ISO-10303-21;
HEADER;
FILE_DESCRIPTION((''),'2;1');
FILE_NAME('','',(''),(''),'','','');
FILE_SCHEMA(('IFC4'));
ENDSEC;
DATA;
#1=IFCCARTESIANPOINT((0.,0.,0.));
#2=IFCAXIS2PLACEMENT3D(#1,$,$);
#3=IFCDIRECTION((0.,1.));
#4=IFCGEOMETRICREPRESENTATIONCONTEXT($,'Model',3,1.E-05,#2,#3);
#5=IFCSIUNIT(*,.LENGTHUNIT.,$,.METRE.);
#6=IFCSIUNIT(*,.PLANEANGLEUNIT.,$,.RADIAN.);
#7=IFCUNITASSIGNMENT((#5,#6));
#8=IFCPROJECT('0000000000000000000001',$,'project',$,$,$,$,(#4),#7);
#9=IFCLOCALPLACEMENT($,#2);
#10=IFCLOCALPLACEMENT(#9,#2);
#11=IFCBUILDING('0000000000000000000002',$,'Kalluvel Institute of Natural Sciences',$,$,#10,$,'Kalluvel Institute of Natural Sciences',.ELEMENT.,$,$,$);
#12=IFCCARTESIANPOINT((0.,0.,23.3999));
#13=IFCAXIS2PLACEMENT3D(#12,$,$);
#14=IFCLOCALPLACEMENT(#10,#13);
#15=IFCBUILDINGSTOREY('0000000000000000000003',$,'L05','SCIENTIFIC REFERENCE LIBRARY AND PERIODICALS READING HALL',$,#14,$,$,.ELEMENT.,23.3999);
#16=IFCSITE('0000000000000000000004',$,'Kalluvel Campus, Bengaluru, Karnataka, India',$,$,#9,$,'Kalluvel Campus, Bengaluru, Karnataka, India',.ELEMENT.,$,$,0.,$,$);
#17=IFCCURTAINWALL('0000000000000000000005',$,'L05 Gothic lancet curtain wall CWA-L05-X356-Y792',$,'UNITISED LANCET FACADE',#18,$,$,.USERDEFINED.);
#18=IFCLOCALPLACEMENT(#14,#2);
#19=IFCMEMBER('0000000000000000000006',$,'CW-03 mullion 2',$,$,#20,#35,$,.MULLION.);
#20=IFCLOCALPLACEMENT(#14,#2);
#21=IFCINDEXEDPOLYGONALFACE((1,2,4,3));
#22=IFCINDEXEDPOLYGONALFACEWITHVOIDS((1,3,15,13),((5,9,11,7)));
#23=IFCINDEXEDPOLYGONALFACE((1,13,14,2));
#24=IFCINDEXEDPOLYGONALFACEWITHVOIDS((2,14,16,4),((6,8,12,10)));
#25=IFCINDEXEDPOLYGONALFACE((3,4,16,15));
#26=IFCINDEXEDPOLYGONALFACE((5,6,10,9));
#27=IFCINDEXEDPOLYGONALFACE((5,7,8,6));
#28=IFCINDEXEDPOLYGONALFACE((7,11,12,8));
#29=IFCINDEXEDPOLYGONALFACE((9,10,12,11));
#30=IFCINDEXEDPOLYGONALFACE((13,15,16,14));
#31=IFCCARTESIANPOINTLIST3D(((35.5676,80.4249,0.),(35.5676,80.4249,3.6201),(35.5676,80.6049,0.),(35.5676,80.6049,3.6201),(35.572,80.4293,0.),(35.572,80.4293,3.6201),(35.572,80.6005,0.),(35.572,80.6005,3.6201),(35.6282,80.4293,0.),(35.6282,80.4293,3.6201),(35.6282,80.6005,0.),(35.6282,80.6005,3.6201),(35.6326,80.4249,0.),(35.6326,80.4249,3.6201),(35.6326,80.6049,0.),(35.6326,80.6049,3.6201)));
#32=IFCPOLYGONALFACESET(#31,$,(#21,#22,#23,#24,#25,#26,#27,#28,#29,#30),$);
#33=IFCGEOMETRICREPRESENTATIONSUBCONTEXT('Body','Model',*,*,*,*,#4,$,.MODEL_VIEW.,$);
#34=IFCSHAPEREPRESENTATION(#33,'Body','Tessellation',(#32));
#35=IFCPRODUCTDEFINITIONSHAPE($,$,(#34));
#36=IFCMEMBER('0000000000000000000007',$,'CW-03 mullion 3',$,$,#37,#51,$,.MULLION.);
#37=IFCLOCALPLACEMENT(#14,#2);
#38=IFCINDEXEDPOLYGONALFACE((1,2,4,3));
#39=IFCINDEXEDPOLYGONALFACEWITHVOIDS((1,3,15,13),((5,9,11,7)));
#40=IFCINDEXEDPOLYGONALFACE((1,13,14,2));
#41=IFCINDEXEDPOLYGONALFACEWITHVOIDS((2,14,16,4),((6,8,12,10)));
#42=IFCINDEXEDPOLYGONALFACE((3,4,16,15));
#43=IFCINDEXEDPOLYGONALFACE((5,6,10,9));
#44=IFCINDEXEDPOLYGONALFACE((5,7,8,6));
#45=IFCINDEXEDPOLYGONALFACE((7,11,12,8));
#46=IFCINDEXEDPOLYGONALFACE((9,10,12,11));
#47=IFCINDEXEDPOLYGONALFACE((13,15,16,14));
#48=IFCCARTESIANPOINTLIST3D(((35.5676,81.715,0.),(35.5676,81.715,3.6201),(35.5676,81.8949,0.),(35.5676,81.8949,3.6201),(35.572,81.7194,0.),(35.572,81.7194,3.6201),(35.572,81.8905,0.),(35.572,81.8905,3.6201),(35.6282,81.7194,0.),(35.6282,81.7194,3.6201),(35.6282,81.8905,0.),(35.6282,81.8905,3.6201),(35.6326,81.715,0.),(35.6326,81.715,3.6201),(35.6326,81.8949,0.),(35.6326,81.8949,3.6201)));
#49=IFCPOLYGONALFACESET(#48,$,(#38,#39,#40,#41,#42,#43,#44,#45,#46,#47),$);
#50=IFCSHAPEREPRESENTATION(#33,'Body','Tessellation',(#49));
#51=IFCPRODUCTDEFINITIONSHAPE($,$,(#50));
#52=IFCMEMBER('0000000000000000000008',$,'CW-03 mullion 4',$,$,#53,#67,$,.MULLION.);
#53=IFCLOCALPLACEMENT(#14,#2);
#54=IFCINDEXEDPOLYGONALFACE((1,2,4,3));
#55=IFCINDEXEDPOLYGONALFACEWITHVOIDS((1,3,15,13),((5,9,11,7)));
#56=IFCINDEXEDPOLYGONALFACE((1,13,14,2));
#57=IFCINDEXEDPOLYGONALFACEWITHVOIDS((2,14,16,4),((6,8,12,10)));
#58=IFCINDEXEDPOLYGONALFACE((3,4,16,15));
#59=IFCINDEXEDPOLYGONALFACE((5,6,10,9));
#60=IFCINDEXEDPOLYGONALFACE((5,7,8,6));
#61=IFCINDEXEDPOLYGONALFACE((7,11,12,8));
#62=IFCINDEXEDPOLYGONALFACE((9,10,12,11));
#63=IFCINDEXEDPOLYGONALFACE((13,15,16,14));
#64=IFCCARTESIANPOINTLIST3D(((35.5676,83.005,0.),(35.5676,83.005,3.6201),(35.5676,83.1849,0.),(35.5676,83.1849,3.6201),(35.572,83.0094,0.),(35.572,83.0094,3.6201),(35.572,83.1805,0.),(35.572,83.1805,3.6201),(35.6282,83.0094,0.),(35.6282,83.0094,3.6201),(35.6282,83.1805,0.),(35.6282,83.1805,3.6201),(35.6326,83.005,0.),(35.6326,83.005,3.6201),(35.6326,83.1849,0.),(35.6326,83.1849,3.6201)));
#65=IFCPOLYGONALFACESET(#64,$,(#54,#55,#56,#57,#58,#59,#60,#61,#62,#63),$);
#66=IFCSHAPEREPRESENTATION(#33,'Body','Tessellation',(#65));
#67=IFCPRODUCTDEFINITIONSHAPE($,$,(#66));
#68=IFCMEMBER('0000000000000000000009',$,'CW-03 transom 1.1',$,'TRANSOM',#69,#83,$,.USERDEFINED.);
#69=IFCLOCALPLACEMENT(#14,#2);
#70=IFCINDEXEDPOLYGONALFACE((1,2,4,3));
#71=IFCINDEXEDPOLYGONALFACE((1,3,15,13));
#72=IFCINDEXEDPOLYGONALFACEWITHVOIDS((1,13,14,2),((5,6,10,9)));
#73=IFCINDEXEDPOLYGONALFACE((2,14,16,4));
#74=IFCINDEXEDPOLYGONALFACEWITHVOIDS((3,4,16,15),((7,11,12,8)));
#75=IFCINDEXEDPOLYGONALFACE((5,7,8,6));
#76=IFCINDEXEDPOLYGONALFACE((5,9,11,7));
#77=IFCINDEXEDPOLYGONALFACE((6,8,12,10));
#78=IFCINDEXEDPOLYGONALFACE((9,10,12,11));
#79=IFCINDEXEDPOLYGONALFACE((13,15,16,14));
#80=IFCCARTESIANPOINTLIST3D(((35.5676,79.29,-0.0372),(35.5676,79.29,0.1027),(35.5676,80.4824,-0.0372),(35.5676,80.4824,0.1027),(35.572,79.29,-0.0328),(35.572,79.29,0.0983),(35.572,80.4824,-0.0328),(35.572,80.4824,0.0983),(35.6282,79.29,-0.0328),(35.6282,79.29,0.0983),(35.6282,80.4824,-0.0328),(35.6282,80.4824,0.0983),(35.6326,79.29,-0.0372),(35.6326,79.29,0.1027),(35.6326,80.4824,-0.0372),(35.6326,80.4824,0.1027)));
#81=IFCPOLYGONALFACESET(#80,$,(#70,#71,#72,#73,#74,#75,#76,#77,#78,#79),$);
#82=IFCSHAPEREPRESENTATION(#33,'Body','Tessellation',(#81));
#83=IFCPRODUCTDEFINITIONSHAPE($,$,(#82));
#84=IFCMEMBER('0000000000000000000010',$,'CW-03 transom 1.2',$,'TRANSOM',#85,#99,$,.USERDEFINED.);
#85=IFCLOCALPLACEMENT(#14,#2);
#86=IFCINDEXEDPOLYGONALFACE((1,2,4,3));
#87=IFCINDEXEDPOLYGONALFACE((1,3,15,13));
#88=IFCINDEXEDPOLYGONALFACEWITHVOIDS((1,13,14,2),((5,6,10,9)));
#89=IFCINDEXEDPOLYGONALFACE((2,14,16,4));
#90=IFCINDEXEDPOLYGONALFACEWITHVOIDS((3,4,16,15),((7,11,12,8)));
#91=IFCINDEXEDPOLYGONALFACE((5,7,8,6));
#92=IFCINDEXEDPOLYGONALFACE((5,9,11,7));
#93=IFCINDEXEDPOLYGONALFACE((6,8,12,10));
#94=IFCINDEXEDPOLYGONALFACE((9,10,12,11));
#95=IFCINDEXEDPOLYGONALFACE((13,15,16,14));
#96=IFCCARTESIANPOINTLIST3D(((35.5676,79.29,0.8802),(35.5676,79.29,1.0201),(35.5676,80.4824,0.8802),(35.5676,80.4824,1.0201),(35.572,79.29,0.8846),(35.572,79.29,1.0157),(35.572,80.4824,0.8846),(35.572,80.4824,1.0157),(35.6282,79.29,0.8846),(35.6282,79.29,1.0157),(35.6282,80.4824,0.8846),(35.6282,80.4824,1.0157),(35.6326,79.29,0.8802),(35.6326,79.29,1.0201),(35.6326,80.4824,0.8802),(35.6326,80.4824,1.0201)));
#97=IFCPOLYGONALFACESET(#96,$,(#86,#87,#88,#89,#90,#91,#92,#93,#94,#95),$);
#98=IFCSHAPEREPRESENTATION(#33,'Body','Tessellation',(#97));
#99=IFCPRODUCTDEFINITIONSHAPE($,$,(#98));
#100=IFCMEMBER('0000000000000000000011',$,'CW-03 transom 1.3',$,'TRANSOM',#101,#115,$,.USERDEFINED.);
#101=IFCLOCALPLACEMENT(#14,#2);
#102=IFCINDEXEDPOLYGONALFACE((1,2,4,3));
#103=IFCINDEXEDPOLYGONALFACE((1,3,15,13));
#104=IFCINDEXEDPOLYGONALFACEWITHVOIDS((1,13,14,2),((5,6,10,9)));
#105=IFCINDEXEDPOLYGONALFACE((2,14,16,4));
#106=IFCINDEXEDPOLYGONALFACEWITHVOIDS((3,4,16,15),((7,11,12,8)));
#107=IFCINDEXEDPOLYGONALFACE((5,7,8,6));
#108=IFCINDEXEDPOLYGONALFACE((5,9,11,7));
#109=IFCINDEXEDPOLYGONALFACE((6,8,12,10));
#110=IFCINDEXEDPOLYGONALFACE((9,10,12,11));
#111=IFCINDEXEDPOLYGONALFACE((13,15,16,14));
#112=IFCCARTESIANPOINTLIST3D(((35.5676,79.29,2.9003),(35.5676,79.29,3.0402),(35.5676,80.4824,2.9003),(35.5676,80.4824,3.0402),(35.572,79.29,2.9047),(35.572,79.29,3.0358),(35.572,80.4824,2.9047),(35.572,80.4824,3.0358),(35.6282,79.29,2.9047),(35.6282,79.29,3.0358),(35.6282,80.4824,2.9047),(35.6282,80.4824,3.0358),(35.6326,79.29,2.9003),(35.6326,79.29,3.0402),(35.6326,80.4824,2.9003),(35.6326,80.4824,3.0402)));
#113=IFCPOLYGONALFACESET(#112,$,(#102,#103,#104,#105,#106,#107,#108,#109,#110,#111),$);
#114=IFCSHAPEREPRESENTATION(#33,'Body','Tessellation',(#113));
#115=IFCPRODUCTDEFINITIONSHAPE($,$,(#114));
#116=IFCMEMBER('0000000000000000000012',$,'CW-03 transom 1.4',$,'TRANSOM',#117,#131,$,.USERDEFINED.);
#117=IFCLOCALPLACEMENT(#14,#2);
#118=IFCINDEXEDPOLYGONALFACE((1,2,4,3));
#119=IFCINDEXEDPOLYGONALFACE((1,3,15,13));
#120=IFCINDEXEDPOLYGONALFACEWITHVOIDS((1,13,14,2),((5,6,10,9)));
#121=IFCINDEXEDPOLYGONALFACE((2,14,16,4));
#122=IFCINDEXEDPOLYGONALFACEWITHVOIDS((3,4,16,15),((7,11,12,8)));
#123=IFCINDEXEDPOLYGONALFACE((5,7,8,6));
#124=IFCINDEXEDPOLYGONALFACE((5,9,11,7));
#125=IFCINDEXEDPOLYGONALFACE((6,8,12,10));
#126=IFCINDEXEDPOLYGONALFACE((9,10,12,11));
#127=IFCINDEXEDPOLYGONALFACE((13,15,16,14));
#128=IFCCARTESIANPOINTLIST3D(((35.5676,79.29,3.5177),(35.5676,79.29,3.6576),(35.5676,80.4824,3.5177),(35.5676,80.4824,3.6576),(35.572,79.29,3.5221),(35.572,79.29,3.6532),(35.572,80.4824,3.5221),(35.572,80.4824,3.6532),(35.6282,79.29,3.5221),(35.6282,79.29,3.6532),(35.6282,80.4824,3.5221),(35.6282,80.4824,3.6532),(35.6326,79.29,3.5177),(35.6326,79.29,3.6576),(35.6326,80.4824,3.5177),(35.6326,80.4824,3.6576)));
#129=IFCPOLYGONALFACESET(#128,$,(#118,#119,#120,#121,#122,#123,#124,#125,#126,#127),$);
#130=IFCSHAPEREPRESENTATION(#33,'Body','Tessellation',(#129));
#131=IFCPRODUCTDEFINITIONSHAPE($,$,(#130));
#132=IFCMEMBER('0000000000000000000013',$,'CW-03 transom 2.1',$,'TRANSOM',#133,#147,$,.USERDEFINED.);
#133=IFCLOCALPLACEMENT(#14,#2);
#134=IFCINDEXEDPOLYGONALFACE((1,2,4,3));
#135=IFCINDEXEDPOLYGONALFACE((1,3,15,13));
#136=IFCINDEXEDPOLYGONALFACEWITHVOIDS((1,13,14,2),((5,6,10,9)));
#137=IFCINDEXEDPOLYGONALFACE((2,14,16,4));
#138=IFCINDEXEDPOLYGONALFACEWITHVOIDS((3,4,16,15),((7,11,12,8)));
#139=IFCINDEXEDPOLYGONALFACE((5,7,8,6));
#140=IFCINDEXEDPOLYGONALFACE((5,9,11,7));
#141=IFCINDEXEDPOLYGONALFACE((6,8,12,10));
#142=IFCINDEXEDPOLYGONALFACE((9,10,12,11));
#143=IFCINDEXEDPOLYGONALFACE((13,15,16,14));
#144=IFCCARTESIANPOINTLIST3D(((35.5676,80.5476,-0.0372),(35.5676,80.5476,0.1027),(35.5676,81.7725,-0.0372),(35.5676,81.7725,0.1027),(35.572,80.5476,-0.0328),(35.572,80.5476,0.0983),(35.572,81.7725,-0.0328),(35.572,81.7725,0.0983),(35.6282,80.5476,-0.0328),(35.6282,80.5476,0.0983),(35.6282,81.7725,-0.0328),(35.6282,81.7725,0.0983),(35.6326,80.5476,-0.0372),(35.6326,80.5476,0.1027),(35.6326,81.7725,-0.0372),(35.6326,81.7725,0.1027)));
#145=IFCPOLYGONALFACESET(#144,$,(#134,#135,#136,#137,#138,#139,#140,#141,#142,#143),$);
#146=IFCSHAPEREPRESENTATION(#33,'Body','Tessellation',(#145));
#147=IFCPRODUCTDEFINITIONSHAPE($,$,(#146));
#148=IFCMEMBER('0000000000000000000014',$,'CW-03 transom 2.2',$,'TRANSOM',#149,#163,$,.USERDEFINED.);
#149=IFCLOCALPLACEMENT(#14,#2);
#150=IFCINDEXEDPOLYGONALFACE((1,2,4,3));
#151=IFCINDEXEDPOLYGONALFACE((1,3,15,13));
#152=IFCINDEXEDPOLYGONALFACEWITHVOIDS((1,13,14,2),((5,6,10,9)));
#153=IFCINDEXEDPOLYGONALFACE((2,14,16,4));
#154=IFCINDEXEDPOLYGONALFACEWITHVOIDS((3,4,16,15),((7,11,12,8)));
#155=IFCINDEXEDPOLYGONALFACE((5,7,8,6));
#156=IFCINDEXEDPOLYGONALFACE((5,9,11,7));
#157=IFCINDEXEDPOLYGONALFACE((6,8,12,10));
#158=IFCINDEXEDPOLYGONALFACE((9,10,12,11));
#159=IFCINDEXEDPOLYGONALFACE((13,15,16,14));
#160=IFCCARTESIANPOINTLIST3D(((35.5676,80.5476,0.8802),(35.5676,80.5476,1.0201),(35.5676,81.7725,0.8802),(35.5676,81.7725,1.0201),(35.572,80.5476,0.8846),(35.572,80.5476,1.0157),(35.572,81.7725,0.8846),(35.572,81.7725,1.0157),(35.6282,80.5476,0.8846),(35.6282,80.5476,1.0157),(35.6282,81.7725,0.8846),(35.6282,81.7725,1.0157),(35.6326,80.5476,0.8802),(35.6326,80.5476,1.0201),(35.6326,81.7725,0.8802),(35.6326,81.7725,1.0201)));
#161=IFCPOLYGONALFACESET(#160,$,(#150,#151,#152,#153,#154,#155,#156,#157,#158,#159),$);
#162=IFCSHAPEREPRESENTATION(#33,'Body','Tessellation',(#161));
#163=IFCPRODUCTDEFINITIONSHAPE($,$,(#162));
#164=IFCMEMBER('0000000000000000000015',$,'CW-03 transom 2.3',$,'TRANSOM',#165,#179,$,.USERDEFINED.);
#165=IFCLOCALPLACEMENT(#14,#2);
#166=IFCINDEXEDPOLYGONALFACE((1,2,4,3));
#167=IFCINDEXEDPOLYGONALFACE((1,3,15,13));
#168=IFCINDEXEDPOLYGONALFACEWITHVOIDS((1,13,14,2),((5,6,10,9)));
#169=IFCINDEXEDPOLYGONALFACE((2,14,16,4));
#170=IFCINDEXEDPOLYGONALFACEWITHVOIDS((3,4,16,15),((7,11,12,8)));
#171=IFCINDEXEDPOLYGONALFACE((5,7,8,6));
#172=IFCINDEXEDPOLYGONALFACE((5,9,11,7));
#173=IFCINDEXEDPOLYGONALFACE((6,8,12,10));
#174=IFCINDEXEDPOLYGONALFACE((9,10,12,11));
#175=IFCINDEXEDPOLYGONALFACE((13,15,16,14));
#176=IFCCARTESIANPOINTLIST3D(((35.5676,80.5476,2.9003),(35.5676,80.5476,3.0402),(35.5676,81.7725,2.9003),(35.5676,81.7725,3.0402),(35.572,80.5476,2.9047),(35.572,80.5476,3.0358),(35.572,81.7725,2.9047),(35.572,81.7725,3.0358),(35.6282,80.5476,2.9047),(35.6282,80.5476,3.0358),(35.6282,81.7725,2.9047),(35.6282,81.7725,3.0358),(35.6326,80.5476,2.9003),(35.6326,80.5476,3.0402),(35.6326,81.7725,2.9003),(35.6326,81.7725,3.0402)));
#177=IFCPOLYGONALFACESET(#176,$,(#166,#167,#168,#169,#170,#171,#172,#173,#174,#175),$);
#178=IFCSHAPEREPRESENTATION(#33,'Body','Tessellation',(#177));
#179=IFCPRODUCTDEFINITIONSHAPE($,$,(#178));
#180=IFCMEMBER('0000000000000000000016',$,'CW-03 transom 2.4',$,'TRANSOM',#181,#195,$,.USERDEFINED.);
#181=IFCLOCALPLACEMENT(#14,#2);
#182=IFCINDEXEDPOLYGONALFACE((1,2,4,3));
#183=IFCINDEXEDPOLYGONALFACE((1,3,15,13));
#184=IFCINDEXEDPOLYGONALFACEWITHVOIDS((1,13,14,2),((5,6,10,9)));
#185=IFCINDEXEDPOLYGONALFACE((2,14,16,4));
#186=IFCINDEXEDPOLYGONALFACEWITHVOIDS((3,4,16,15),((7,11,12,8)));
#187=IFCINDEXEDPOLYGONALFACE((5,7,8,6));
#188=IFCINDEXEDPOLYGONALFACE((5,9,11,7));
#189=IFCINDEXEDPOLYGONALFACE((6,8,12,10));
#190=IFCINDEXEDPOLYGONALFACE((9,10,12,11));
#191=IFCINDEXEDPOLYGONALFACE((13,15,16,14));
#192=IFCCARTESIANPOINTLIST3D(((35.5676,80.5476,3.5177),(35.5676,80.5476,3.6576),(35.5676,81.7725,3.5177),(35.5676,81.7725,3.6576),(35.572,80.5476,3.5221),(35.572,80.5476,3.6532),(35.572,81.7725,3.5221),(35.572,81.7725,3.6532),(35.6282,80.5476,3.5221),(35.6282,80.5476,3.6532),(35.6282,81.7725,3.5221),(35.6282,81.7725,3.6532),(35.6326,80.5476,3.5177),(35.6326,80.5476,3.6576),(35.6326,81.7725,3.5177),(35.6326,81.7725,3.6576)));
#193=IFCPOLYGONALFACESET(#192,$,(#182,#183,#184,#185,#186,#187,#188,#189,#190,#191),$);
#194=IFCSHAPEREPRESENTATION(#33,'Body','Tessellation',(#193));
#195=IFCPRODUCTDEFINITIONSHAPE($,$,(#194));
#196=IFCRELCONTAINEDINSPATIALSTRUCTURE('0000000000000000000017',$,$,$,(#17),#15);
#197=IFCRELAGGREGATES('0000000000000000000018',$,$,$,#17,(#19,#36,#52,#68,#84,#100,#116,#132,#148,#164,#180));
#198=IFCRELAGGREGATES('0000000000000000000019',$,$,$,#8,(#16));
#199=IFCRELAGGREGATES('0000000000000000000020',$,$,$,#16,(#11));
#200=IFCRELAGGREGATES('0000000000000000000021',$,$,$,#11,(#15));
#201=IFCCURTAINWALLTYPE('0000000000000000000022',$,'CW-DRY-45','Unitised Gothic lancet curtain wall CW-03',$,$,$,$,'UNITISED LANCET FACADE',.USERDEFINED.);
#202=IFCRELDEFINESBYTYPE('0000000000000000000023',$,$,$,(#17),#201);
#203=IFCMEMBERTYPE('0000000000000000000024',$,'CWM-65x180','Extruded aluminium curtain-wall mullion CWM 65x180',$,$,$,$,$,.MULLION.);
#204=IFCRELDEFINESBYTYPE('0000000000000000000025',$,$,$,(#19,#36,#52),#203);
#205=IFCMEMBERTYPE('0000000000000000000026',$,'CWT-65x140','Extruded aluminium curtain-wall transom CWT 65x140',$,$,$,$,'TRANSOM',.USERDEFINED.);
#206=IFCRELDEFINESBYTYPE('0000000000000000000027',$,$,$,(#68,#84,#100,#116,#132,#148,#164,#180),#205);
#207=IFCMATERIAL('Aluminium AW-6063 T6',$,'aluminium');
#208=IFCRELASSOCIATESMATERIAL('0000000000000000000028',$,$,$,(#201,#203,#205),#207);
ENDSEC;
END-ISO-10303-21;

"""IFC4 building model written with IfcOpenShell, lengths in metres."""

from ifc_helpers import new_model, si_unit, direction, frame, origin, origin_2d, place, context, subcontext, project, spatial, hollow_rectangle, extrude, material, material_profile, profile_set, type_object, element, aggregate, save


model = new_model("IFC4")

# Units and contexts
model_context = context("Model", 3, precision=1e-05, world=origin(), true_north=direction((0.0, 1.0)))
body_context = subcontext(model_context, "Body", "Model", "MODEL_VIEW")
ifc_project = project(units=[si_unit("LENGTHUNIT", "METRE"), si_unit("PLANEANGLEUNIT", "RADIAN")], contexts=[model_context])

# Site, building, storey
site_placement = place(None, origin())
site = spatial("IfcSite", under=ifc_project, at=site_placement, Name="Kalluvel Campus, Bengaluru, Karnataka, India", LongName="Kalluvel Campus, Bengaluru, Karnataka, India", CompositionType="ELEMENT", RefElevation=0.0)
building_placement = place(site_placement, origin())
building = spatial("IfcBuilding", under=site, at=building_placement, Name="Kalluvel Institute of Natural Sciences", LongName="Kalluvel Institute of Natural Sciences", CompositionType="ELEMENT")
storey_placement = place(building_placement, frame((0.0, 0.0, 23.3999)))
storey = spatial("IfcBuildingStorey", under=building, at=storey_placement, Name="L05", Description="SCIENTIFIC REFERENCE LIBRARY AND PERIODICALS READING HALL", CompositionType="ELEMENT", Elevation=23.3999)

# Curtain wall, members
ifc_material_1 = material(Name="Aluminium AW-6063 T6", Category="aluminium")
curtain_wall_type = type_object("IfcCurtainWallType", Name="CW-DRY-45", Description="Unitised Gothic lancet curtain wall CW-03", ElementType="UNITISED LANCET FACADE", PredefinedType="USERDEFINED", material=ifc_material_1)
curtain_wall_placement = place(storey_placement, origin())
curtain_wall = element("IfcCurtainWall", 1, at=curtain_wall_placement, inside=storey, type_object=curtain_wall_type, Name="L05 Gothic lancet curtain wall CWA-L05-X356-Y792", ObjectType="UNITISED LANCET FACADE", PredefinedType="USERDEFINED")
ifc_material_profile_1 = material_profile(ifc_material_1, hollow_rectangle(XDim=0.0649, YDim=0.1799, WallThickness=0.0044, at=origin_2d()), Name="CWM 65x180")
ifc_profile_set_1 = profile_set([ifc_material_profile_1], Name="Aluminium AW-6063 T6")
member_type_1 = type_object("IfcMemberType", Name="CWM-65x180", Description="Extruded aluminium curtain-wall mullion CWM 65x180", PredefinedType="MULLION", material=ifc_profile_set_1)
member_1_placement = place(storey_placement, frame((35.6001, 80.5149, 0.0), z_axis=(0.0, 0.0, 1.0), x_axis=(-1.0, 0.0, 0.0)))
member_1 = element("IfcMember", 2, at=member_1_placement, type_object=member_type_1, Name="CW-03 mullion 2", PredefinedType="MULLION", context=body_context, shape_type="SweptSolid", body=[
    extrude(hollow_rectangle(XDim=0.0649, YDim=0.1799, WallThickness=0.0044, at=origin_2d()), origin(), (0.0, 0.0, 1.0), 3.6201),
])
member_2_placement = place(storey_placement, frame((35.6001, 81.8049, 0.0), z_axis=(0.0, 0.0, 1.0), x_axis=(-1.0, 0.0, 0.0)))
member_2 = element("IfcMember", 3, at=member_2_placement, type_object=member_type_1, Name="CW-03 mullion 3", PredefinedType="MULLION", context=body_context, shape_type="SweptSolid", body=[
    extrude(hollow_rectangle(XDim=0.0649, YDim=0.1799, WallThickness=0.0044, at=origin_2d()), origin(), (0.0, 0.0, 1.0), 3.6201),
])
member_3_placement = place(storey_placement, frame((35.6001, 83.095, 0.0), z_axis=(0.0, 0.0, 1.0), x_axis=(-1.0, 0.0, 0.0)))
member_3 = element("IfcMember", 4, at=member_3_placement, type_object=member_type_1, Name="CW-03 mullion 4", PredefinedType="MULLION", context=body_context, shape_type="SweptSolid", body=[
    extrude(hollow_rectangle(XDim=0.0649, YDim=0.1799, WallThickness=0.0044, at=origin_2d()), origin(), (0.0, 0.0, 1.0), 3.6201),
])
ifc_material_profile_2 = material_profile(ifc_material_1, hollow_rectangle(XDim=0.0649, YDim=0.1399, WallThickness=0.0044, at=origin_2d()), Name="CWT 65x140")
ifc_profile_set_2 = profile_set([ifc_material_profile_2], Name="Aluminium AW-6063 T6")
member_type_2 = type_object("IfcMemberType", Name="CWT-65x140", Description="Extruded aluminium curtain-wall transom CWT 65x140", ElementType="TRANSOM", PredefinedType="USERDEFINED", material=ifc_profile_set_2)
member_4_placement = place(storey_placement, frame((35.6001, 79.29, 0.0327), z_axis=(0.0, 1.0, 0.0), x_axis=(-1.0, 0.0, 0.0)))
member_4 = element("IfcMember", 5, at=member_4_placement, type_object=member_type_2, Name="CW-03 transom 1.1", ObjectType="TRANSOM", PredefinedType="USERDEFINED", context=body_context, shape_type="SweptSolid", body=[
    extrude(hollow_rectangle(XDim=0.0649, YDim=0.1399, WallThickness=0.0044, at=origin_2d()), origin(), (0.0, 0.0, 1.0), 1.1924),
])
member_5_placement = place(storey_placement, frame((35.6001, 79.29, 0.9502), z_axis=(0.0, 1.0, 0.0), x_axis=(-1.0, 0.0, 0.0)))
member_5 = element("IfcMember", 6, at=member_5_placement, type_object=member_type_2, Name="CW-03 transom 1.2", ObjectType="TRANSOM", PredefinedType="USERDEFINED", context=body_context, shape_type="SweptSolid", body=[
    extrude(hollow_rectangle(XDim=0.0649, YDim=0.1399, WallThickness=0.0044, at=origin_2d()), origin(), (0.0, 0.0, 1.0), 1.1924),
])
member_6_placement = place(storey_placement, frame((35.6001, 79.29, 2.9702), z_axis=(0.0, 1.0, 0.0), x_axis=(-1.0, 0.0, 0.0)))
member_6 = element("IfcMember", 7, at=member_6_placement, type_object=member_type_2, Name="CW-03 transom 1.3", ObjectType="TRANSOM", PredefinedType="USERDEFINED", context=body_context, shape_type="SweptSolid", body=[
    extrude(hollow_rectangle(XDim=0.0649, YDim=0.1399, WallThickness=0.0044, at=origin_2d()), origin(), (0.0, 0.0, 1.0), 1.1924),
])
member_7_placement = place(storey_placement, frame((35.6001, 79.29, 3.5876), z_axis=(0.0, 1.0, 0.0), x_axis=(-1.0, 0.0, 0.0)))
member_7 = element("IfcMember", 8, at=member_7_placement, type_object=member_type_2, Name="CW-03 transom 1.4", ObjectType="TRANSOM", PredefinedType="USERDEFINED", context=body_context, shape_type="SweptSolid", body=[
    extrude(hollow_rectangle(XDim=0.0649, YDim=0.1399, WallThickness=0.0044, at=origin_2d()), origin(), (0.0, 0.0, 1.0), 1.1924),
])
member_8_placement = place(storey_placement, frame((35.6001, 80.5476, 0.0327), z_axis=(0.0, 1.0, 0.0), x_axis=(-1.0, 0.0, 0.0)))
member_8 = element("IfcMember", 9, at=member_8_placement, type_object=member_type_2, Name="CW-03 transom 2.1", ObjectType="TRANSOM", PredefinedType="USERDEFINED", context=body_context, shape_type="SweptSolid", body=[
    extrude(hollow_rectangle(XDim=0.0649, YDim=0.1399, WallThickness=0.0044, at=origin_2d()), origin(), (0.0, 0.0, 1.0), 1.2249),
])
member_9_placement = place(storey_placement, frame((35.6001, 80.5476, 0.9502), z_axis=(0.0, 1.0, 0.0), x_axis=(-1.0, 0.0, 0.0)))
member_9 = element("IfcMember", 10, at=member_9_placement, type_object=member_type_2, Name="CW-03 transom 2.2", ObjectType="TRANSOM", PredefinedType="USERDEFINED", context=body_context, shape_type="SweptSolid", body=[
    extrude(hollow_rectangle(XDim=0.0649, YDim=0.1399, WallThickness=0.0044, at=origin_2d()), origin(), (0.0, 0.0, 1.0), 1.2249),
])
member_10_placement = place(storey_placement, frame((35.6001, 80.5476, 2.9702), z_axis=(0.0, 1.0, 0.0), x_axis=(-1.0, 0.0, 0.0)))
member_10 = element("IfcMember", 11, at=member_10_placement, type_object=member_type_2, Name="CW-03 transom 2.3", ObjectType="TRANSOM", PredefinedType="USERDEFINED", context=body_context, shape_type="SweptSolid", body=[
    extrude(hollow_rectangle(XDim=0.0649, YDim=0.1399, WallThickness=0.0044, at=origin_2d()), origin(), (0.0, 0.0, 1.0), 1.2249),
])
member_11_placement = place(storey_placement, frame((35.6001, 80.5476, 3.5876), z_axis=(0.0, 1.0, 0.0), x_axis=(-1.0, 0.0, 0.0)))
member_11 = element("IfcMember", 12, at=member_11_placement, type_object=member_type_2, Name="CW-03 transom 2.4", ObjectType="TRANSOM", PredefinedType="USERDEFINED", context=body_context, shape_type="SweptSolid", body=[
    extrude(hollow_rectangle(XDim=0.0649, YDim=0.1399, WallThickness=0.0044, at=origin_2d()), origin(), (0.0, 0.0, 1.0), 1.2249),
])
aggregate(curtain_wall, [member_1, member_2, member_3, member_4, member_5, member_6, member_7, member_8, member_9, member_10, member_11])

save(model, "model.ifc")
